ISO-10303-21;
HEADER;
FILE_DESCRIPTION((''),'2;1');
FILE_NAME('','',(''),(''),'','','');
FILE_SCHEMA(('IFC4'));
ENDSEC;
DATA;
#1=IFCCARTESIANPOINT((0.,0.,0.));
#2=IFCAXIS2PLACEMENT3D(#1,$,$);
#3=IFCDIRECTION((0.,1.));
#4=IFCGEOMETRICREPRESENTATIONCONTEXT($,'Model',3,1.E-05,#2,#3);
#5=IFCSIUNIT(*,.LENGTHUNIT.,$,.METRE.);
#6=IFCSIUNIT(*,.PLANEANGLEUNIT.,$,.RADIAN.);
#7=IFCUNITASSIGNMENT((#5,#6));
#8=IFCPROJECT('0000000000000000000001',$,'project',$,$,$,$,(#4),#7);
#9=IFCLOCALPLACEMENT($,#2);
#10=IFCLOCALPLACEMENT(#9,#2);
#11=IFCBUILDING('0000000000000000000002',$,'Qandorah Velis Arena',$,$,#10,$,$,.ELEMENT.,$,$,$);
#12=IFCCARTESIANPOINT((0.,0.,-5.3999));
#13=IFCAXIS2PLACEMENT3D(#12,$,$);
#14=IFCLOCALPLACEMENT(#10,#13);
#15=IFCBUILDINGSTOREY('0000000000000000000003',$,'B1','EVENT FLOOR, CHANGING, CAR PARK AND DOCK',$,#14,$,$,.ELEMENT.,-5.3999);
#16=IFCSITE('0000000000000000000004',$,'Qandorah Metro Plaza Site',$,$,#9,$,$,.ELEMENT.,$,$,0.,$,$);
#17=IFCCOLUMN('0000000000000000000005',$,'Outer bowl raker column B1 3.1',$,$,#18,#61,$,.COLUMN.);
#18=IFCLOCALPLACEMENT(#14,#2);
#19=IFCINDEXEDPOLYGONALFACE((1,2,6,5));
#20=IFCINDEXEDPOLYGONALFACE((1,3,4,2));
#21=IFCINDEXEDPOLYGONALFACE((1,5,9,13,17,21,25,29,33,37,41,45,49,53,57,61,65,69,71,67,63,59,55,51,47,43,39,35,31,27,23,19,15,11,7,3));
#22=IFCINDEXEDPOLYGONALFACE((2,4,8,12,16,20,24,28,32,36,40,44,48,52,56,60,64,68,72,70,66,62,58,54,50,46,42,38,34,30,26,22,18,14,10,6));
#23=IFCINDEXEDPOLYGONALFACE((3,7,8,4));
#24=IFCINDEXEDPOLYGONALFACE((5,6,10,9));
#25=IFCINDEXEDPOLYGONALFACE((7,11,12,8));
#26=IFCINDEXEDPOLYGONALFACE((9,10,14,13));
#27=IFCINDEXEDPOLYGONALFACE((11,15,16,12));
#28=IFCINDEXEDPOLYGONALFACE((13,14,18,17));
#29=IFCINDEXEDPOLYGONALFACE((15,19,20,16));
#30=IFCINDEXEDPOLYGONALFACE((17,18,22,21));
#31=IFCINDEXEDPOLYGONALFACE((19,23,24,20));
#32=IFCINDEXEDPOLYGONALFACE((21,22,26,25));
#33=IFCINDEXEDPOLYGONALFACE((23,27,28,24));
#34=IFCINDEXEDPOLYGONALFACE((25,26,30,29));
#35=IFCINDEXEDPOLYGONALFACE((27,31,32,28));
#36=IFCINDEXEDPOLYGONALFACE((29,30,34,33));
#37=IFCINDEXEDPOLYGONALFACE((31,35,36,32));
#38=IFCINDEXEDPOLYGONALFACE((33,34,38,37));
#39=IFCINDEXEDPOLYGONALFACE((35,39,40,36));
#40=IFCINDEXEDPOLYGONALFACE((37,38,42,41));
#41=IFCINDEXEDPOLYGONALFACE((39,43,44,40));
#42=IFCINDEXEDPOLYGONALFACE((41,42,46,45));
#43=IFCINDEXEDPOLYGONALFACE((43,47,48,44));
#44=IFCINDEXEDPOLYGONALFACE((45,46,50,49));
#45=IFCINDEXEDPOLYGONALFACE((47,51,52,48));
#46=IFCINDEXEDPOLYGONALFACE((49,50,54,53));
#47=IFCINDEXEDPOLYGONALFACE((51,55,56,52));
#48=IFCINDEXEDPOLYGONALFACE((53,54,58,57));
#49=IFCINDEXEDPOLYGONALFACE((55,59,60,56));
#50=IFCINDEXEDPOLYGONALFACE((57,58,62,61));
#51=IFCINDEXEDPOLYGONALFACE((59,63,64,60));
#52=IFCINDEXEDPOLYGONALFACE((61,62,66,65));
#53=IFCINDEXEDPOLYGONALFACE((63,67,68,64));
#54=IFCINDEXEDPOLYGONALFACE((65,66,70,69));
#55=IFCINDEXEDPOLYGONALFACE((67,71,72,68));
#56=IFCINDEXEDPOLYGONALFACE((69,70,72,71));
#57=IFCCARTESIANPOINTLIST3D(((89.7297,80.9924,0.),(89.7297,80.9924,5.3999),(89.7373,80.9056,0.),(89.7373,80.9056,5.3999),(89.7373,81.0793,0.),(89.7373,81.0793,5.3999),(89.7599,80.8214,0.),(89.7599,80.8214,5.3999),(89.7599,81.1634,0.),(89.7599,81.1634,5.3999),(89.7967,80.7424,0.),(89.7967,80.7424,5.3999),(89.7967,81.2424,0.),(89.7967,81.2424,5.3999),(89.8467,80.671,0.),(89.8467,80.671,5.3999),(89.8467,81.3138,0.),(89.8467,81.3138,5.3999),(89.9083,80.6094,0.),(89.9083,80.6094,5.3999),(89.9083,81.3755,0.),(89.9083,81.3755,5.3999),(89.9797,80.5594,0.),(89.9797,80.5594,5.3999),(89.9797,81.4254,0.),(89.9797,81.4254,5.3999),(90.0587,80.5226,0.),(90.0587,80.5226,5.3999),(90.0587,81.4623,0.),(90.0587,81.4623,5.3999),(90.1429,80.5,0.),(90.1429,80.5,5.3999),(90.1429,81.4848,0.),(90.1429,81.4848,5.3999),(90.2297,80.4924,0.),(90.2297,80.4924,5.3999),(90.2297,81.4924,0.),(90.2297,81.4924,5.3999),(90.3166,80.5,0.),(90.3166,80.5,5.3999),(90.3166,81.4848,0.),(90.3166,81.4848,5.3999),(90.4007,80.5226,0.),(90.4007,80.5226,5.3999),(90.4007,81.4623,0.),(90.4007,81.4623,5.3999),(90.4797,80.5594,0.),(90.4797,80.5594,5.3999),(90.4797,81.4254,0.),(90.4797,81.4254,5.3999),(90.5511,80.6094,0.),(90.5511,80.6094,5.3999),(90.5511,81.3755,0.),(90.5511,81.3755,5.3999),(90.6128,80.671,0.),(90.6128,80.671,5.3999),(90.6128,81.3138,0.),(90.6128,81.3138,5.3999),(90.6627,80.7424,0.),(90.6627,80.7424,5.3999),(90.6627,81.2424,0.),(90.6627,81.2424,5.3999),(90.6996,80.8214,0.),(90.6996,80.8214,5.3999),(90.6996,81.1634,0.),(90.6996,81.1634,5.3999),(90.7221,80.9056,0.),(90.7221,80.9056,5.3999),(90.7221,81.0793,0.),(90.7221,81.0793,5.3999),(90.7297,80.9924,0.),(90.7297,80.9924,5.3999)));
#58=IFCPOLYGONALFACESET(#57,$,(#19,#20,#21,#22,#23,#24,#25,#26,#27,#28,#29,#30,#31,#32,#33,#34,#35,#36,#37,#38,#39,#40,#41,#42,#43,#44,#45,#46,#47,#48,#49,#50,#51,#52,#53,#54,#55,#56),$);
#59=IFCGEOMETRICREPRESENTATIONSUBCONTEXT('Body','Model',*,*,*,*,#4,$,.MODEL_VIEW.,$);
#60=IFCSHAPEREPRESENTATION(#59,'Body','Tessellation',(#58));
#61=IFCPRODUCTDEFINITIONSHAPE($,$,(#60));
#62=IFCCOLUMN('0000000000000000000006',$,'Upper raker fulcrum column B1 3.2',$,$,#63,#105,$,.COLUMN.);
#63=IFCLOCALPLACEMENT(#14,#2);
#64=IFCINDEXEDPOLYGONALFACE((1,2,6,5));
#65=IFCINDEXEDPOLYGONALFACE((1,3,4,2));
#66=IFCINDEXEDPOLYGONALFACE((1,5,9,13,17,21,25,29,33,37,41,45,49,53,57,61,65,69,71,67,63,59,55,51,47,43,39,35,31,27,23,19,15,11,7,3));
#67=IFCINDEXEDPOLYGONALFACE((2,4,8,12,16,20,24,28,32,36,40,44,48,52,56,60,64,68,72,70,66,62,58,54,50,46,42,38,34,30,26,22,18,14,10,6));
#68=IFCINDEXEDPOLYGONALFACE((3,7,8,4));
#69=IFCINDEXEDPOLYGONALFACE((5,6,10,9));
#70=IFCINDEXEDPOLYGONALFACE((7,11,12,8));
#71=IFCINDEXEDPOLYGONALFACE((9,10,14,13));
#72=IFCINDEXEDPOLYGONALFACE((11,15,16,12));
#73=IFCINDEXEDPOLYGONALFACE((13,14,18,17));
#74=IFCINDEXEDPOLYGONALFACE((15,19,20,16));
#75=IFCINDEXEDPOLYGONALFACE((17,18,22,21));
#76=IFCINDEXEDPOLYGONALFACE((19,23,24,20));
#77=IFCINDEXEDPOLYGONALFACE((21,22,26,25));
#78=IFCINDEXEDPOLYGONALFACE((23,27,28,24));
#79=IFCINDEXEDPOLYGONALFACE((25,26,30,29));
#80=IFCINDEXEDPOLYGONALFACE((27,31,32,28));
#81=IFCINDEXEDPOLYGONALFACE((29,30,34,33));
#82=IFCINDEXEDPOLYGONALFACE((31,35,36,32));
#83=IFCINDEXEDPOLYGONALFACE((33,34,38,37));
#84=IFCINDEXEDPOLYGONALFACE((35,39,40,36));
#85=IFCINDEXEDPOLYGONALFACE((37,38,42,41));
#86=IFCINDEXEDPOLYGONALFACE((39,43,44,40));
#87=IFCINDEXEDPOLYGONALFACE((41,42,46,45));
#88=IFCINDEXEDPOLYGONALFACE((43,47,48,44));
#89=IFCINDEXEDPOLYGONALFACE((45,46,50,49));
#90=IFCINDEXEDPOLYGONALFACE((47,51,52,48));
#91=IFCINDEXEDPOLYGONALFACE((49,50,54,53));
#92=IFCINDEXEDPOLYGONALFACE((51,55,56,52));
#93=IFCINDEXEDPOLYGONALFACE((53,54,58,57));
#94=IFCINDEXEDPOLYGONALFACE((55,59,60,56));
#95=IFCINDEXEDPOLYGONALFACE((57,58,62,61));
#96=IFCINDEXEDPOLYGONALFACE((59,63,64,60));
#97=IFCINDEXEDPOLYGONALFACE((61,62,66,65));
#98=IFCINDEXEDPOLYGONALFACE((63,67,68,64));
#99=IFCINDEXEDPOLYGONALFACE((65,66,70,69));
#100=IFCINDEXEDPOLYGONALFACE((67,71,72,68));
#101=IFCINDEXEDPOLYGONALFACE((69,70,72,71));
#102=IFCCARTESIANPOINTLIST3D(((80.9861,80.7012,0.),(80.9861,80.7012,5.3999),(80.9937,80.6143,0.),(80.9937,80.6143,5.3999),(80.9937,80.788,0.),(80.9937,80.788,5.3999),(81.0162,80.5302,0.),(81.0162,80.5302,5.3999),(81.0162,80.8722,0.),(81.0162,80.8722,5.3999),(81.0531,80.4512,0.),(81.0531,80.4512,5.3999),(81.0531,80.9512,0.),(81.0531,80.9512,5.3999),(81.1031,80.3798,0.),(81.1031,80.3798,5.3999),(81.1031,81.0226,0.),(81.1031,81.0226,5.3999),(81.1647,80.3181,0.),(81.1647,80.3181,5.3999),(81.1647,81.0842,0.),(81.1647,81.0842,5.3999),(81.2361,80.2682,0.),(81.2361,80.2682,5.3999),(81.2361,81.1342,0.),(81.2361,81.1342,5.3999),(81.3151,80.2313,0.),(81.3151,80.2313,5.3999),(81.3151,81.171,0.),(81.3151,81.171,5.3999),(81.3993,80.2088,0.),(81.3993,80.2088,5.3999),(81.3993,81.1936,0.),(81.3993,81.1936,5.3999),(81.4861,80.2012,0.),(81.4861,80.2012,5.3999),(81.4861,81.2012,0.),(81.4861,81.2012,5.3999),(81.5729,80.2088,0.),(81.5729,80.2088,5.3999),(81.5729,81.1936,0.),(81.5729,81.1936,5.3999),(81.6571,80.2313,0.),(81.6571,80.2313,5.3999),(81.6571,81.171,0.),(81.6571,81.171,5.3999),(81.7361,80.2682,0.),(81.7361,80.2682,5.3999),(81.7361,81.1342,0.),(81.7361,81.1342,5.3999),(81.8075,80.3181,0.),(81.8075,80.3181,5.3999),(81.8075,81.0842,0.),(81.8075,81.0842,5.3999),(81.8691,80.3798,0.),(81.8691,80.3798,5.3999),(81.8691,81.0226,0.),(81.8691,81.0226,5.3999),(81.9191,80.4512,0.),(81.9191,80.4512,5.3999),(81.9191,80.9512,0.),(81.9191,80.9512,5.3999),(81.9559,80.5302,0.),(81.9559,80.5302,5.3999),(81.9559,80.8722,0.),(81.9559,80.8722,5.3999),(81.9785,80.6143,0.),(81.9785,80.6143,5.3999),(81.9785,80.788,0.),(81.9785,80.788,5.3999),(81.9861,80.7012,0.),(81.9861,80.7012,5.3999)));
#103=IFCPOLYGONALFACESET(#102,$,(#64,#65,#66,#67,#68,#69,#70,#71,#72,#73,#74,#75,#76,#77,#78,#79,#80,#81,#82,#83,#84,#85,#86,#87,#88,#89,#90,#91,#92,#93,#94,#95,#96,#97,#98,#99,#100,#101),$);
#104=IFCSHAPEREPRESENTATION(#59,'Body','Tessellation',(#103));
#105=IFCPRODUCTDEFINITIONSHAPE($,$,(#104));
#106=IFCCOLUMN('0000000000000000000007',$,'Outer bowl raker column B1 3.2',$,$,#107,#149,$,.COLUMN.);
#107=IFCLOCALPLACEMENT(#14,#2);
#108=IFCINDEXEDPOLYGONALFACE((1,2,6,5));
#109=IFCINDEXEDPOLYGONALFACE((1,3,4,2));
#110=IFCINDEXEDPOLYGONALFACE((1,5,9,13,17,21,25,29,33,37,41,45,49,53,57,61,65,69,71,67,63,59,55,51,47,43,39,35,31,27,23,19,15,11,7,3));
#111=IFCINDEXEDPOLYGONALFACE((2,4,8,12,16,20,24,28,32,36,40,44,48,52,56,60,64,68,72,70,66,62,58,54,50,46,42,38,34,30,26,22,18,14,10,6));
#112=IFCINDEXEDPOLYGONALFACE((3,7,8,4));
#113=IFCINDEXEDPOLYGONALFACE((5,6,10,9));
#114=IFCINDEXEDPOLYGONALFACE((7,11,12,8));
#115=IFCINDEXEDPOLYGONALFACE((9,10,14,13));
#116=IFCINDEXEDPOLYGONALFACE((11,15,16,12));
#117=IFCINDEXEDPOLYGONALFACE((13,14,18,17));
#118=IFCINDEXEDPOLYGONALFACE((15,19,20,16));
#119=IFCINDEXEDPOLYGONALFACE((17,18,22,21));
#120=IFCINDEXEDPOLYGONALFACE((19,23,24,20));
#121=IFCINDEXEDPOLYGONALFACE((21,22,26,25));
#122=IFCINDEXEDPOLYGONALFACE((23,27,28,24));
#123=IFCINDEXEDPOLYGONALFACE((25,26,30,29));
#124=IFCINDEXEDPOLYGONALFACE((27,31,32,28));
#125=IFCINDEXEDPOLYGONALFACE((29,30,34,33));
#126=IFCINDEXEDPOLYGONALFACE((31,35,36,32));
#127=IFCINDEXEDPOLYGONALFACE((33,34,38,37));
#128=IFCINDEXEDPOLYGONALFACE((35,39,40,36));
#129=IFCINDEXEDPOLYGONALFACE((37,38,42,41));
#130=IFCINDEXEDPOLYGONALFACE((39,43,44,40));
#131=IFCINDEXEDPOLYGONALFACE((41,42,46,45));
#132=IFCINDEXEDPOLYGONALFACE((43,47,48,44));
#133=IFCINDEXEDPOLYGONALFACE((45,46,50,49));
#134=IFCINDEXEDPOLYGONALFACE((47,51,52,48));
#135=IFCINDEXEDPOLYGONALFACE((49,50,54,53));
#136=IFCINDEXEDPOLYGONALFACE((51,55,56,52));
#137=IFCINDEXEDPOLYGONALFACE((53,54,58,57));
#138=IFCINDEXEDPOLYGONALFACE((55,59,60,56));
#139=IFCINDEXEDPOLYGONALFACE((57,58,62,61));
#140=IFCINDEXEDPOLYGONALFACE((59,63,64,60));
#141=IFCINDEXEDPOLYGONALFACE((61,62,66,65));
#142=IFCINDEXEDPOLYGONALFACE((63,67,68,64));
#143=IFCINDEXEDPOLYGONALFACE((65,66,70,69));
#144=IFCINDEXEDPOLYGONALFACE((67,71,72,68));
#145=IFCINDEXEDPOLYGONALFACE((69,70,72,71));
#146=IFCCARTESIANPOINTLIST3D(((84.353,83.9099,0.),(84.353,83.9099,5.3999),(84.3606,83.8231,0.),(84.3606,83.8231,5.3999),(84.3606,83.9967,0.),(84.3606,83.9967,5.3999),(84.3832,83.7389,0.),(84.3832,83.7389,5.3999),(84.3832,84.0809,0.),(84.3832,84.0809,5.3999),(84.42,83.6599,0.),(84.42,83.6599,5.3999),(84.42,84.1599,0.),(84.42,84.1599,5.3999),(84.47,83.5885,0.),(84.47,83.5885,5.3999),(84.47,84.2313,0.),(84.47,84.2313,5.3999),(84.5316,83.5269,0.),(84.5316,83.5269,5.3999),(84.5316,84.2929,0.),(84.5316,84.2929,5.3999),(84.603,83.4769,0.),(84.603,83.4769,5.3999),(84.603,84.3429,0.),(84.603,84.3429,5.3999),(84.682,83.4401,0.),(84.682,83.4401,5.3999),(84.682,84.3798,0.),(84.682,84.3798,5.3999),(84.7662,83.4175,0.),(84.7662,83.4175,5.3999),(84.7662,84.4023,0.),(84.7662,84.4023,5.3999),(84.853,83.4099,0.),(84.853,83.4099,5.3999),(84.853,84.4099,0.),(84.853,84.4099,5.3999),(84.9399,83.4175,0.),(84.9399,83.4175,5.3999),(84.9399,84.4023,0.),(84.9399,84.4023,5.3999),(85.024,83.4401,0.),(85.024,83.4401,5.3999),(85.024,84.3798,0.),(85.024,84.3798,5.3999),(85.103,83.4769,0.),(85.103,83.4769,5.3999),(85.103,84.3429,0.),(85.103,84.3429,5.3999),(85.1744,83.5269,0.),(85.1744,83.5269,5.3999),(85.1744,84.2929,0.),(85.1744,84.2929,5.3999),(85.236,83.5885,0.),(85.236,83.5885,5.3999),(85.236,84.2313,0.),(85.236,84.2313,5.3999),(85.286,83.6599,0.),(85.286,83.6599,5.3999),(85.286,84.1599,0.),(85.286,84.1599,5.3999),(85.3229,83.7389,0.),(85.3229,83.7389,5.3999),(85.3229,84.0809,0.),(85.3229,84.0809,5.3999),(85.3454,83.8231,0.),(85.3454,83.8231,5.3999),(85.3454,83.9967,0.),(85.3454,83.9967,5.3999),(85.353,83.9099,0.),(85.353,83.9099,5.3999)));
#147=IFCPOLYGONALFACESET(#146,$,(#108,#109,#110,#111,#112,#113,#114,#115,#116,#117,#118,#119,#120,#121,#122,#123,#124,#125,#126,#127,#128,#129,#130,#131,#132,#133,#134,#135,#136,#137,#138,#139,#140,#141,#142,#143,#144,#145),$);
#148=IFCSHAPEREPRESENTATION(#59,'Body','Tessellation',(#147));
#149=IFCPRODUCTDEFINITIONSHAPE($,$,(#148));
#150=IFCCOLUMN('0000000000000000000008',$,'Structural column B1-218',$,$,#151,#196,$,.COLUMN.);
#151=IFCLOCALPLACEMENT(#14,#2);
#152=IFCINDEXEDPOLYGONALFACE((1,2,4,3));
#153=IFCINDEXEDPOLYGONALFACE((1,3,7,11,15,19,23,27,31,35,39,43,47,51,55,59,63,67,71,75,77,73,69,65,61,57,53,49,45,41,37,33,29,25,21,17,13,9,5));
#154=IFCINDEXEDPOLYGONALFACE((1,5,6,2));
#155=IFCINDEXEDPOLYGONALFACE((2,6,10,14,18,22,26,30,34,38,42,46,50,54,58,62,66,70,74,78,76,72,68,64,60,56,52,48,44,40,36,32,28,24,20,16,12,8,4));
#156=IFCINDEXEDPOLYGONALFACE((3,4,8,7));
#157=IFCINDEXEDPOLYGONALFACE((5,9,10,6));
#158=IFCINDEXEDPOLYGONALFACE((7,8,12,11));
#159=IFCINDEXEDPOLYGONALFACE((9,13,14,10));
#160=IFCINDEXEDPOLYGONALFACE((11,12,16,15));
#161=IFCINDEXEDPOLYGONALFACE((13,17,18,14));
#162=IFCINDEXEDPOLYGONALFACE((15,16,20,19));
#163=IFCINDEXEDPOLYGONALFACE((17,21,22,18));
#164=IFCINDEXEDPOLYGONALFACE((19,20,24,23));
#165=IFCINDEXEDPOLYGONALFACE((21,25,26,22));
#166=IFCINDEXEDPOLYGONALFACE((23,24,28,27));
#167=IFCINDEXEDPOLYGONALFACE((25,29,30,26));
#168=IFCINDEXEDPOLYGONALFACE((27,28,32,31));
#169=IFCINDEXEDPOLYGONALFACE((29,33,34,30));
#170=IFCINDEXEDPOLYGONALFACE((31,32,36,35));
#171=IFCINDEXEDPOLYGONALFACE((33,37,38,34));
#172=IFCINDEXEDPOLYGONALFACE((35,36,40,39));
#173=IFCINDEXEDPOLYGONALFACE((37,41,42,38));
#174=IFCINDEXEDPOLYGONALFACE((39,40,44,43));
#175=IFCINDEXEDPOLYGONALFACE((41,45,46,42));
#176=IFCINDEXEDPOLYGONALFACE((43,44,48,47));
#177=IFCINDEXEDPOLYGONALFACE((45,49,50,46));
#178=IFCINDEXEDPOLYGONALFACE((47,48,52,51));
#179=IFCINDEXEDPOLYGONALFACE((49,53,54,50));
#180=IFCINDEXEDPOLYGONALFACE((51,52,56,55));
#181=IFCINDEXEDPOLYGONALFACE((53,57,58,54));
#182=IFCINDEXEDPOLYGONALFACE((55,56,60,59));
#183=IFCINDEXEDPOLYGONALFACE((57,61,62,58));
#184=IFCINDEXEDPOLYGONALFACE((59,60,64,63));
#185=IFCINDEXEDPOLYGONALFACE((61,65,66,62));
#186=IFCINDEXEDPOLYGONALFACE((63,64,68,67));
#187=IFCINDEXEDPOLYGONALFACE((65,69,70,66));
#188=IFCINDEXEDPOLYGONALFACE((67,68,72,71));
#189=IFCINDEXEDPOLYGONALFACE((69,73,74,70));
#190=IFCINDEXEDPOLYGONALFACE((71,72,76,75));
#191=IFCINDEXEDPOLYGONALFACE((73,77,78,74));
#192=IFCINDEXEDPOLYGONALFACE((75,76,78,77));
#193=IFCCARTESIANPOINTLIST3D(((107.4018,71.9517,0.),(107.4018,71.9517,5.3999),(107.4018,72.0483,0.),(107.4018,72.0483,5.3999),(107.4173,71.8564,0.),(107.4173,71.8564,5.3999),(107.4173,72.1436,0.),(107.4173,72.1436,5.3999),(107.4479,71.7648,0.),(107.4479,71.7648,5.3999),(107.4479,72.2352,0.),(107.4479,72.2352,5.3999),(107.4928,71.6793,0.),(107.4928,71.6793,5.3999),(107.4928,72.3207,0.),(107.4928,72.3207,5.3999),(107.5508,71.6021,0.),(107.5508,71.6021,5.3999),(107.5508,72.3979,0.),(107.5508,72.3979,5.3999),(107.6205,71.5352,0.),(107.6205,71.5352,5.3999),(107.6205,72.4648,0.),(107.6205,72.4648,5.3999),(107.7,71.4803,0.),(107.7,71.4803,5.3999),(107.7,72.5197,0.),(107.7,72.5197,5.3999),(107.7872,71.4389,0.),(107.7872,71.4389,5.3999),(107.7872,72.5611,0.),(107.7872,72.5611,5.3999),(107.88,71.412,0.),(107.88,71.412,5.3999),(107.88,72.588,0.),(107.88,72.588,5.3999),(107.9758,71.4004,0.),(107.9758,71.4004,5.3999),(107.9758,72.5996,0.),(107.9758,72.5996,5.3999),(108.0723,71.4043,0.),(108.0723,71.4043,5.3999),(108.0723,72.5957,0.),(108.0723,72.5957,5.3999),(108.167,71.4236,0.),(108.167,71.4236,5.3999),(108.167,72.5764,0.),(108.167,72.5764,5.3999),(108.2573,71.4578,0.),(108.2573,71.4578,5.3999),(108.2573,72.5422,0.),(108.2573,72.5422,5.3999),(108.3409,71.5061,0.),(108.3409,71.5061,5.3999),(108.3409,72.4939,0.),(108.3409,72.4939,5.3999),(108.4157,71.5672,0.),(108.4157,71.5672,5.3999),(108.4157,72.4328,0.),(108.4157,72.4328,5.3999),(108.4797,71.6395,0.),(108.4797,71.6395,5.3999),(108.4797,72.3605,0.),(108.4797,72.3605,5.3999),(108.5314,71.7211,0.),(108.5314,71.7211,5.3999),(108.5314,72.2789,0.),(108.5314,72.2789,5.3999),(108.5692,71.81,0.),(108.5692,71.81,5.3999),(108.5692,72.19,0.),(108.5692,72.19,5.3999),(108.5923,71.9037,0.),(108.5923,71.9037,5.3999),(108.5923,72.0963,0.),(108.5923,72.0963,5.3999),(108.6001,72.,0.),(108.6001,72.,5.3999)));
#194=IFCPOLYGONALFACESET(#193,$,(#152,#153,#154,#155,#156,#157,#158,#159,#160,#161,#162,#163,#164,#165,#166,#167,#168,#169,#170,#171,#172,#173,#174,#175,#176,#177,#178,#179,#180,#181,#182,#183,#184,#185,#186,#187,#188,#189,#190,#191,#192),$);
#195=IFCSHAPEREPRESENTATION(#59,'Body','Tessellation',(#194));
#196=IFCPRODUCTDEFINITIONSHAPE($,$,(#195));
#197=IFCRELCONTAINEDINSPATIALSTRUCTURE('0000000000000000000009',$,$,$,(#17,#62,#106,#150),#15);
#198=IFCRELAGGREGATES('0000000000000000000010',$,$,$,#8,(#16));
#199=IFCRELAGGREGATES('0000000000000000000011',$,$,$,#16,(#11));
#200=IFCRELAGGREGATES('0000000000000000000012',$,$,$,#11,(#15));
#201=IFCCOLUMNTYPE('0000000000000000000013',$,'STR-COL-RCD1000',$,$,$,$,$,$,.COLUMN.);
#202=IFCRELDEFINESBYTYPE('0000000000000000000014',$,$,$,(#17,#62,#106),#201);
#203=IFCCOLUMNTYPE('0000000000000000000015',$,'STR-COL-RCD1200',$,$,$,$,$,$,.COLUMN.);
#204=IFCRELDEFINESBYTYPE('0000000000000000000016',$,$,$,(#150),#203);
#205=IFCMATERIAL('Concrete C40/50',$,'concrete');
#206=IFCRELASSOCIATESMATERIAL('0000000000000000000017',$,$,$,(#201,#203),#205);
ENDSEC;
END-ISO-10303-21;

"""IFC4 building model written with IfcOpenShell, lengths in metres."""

from ifc_helpers import new_model, si_unit, direction, frame, origin, origin_2d, place, context, subcontext, project, spatial, circle, extrude, material, material_profile, profile_set, type_object, element, save


model = new_model("IFC4")

# Units and contexts
model_context = context("Model", 3, precision=1e-05, world=origin(), true_north=direction((0.0, 1.0)))
body_context = subcontext(model_context, "Body", "Model", "MODEL_VIEW")
ifc_project = project(units=[si_unit("LENGTHUNIT", "METRE"), si_unit("PLANEANGLEUNIT", "RADIAN")], contexts=[model_context])

# Site, building, storey
site_placement = place(None, origin())
site = spatial("IfcSite", under=ifc_project, at=site_placement, Name="Qandorah Metro Plaza Site", CompositionType="ELEMENT", RefElevation=0.0)
building_placement = place(site_placement, origin())
building = spatial("IfcBuilding", under=site, at=building_placement, Name="Qandorah Velis Arena", CompositionType="ELEMENT")
storey_placement = place(building_placement, frame((0.0, 0.0, -5.3999)))
storey = spatial("IfcBuildingStorey", under=building, at=storey_placement, Name="B1", Description="EVENT FLOOR, CHANGING, CAR PARK AND DOCK", CompositionType="ELEMENT", Elevation=-5.3999)

# Shared definitions
ifc_material = material(Name="Concrete C40/50", Category="concrete")

# Columns
ifc_material_profile_1 = material_profile(ifc_material, circle(Radius=0.5, at=origin_2d()), Name="RC D1000")
ifc_profile_set_1 = profile_set([ifc_material_profile_1], Name="Concrete C40/50")
column_type_1 = type_object("IfcColumnType", Name="STR-COL-RCD1000", PredefinedType="COLUMN", material=ifc_profile_set_1)
for number, where, z_axis, x_axis, name in (
    (1, (90.2297, 80.9924, 0.0), (0.0, 0.0, 1.0), (1.0, 0.0, 0.0), "Outer bowl raker column B1 3.1"),
    (2, (81.4861, 80.7012, 0.0), (0.0, 0.0, 1.0), (1.0, 0.0, 0.0), "Upper raker fulcrum column B1 3.2"),
    (3, (84.853, 83.9099, 0.0), (0.0, 0.0, 1.0), (1.0, 0.0, 0.0), "Outer bowl raker column B1 3.2"),
):
    element("IfcColumn", number, at=place(storey_placement, frame(where, z_axis=z_axis, x_axis=x_axis)), inside=storey, type_object=column_type_1, Name=name, PredefinedType="COLUMN", context=body_context, shape_type="SweptSolid", body=[
        extrude(circle(Radius=0.5, at=origin_2d()), origin(), (0.0, 0.0, 1.0), 5.3999),
    ])
ifc_material_profile_2 = material_profile(ifc_material, circle(Radius=0.6001, at=origin_2d()), Name="RC D1200")
ifc_profile_set_2 = profile_set([ifc_material_profile_2], Name="Concrete C40/50")
column_type_2 = type_object("IfcColumnType", Name="STR-COL-RCD1200", PredefinedType="COLUMN", material=ifc_profile_set_2)
column_1_placement = place(storey_placement, frame((108.0, 72.0, 0.0), z_axis=(0.0, 0.0, 1.0), x_axis=(1.0, 0.0, 0.0)))
element("IfcColumn", 4, at=column_1_placement, inside=storey, type_object=column_type_2, Name="Structural column B1-218", PredefinedType="COLUMN", context=body_context, shape_type="SweptSolid", body=[
    extrude(circle(Radius=0.6001, at=origin_2d()), origin(), (0.0, 0.0, 1.0), 5.3999),
])

save(model, "model.ifc")
